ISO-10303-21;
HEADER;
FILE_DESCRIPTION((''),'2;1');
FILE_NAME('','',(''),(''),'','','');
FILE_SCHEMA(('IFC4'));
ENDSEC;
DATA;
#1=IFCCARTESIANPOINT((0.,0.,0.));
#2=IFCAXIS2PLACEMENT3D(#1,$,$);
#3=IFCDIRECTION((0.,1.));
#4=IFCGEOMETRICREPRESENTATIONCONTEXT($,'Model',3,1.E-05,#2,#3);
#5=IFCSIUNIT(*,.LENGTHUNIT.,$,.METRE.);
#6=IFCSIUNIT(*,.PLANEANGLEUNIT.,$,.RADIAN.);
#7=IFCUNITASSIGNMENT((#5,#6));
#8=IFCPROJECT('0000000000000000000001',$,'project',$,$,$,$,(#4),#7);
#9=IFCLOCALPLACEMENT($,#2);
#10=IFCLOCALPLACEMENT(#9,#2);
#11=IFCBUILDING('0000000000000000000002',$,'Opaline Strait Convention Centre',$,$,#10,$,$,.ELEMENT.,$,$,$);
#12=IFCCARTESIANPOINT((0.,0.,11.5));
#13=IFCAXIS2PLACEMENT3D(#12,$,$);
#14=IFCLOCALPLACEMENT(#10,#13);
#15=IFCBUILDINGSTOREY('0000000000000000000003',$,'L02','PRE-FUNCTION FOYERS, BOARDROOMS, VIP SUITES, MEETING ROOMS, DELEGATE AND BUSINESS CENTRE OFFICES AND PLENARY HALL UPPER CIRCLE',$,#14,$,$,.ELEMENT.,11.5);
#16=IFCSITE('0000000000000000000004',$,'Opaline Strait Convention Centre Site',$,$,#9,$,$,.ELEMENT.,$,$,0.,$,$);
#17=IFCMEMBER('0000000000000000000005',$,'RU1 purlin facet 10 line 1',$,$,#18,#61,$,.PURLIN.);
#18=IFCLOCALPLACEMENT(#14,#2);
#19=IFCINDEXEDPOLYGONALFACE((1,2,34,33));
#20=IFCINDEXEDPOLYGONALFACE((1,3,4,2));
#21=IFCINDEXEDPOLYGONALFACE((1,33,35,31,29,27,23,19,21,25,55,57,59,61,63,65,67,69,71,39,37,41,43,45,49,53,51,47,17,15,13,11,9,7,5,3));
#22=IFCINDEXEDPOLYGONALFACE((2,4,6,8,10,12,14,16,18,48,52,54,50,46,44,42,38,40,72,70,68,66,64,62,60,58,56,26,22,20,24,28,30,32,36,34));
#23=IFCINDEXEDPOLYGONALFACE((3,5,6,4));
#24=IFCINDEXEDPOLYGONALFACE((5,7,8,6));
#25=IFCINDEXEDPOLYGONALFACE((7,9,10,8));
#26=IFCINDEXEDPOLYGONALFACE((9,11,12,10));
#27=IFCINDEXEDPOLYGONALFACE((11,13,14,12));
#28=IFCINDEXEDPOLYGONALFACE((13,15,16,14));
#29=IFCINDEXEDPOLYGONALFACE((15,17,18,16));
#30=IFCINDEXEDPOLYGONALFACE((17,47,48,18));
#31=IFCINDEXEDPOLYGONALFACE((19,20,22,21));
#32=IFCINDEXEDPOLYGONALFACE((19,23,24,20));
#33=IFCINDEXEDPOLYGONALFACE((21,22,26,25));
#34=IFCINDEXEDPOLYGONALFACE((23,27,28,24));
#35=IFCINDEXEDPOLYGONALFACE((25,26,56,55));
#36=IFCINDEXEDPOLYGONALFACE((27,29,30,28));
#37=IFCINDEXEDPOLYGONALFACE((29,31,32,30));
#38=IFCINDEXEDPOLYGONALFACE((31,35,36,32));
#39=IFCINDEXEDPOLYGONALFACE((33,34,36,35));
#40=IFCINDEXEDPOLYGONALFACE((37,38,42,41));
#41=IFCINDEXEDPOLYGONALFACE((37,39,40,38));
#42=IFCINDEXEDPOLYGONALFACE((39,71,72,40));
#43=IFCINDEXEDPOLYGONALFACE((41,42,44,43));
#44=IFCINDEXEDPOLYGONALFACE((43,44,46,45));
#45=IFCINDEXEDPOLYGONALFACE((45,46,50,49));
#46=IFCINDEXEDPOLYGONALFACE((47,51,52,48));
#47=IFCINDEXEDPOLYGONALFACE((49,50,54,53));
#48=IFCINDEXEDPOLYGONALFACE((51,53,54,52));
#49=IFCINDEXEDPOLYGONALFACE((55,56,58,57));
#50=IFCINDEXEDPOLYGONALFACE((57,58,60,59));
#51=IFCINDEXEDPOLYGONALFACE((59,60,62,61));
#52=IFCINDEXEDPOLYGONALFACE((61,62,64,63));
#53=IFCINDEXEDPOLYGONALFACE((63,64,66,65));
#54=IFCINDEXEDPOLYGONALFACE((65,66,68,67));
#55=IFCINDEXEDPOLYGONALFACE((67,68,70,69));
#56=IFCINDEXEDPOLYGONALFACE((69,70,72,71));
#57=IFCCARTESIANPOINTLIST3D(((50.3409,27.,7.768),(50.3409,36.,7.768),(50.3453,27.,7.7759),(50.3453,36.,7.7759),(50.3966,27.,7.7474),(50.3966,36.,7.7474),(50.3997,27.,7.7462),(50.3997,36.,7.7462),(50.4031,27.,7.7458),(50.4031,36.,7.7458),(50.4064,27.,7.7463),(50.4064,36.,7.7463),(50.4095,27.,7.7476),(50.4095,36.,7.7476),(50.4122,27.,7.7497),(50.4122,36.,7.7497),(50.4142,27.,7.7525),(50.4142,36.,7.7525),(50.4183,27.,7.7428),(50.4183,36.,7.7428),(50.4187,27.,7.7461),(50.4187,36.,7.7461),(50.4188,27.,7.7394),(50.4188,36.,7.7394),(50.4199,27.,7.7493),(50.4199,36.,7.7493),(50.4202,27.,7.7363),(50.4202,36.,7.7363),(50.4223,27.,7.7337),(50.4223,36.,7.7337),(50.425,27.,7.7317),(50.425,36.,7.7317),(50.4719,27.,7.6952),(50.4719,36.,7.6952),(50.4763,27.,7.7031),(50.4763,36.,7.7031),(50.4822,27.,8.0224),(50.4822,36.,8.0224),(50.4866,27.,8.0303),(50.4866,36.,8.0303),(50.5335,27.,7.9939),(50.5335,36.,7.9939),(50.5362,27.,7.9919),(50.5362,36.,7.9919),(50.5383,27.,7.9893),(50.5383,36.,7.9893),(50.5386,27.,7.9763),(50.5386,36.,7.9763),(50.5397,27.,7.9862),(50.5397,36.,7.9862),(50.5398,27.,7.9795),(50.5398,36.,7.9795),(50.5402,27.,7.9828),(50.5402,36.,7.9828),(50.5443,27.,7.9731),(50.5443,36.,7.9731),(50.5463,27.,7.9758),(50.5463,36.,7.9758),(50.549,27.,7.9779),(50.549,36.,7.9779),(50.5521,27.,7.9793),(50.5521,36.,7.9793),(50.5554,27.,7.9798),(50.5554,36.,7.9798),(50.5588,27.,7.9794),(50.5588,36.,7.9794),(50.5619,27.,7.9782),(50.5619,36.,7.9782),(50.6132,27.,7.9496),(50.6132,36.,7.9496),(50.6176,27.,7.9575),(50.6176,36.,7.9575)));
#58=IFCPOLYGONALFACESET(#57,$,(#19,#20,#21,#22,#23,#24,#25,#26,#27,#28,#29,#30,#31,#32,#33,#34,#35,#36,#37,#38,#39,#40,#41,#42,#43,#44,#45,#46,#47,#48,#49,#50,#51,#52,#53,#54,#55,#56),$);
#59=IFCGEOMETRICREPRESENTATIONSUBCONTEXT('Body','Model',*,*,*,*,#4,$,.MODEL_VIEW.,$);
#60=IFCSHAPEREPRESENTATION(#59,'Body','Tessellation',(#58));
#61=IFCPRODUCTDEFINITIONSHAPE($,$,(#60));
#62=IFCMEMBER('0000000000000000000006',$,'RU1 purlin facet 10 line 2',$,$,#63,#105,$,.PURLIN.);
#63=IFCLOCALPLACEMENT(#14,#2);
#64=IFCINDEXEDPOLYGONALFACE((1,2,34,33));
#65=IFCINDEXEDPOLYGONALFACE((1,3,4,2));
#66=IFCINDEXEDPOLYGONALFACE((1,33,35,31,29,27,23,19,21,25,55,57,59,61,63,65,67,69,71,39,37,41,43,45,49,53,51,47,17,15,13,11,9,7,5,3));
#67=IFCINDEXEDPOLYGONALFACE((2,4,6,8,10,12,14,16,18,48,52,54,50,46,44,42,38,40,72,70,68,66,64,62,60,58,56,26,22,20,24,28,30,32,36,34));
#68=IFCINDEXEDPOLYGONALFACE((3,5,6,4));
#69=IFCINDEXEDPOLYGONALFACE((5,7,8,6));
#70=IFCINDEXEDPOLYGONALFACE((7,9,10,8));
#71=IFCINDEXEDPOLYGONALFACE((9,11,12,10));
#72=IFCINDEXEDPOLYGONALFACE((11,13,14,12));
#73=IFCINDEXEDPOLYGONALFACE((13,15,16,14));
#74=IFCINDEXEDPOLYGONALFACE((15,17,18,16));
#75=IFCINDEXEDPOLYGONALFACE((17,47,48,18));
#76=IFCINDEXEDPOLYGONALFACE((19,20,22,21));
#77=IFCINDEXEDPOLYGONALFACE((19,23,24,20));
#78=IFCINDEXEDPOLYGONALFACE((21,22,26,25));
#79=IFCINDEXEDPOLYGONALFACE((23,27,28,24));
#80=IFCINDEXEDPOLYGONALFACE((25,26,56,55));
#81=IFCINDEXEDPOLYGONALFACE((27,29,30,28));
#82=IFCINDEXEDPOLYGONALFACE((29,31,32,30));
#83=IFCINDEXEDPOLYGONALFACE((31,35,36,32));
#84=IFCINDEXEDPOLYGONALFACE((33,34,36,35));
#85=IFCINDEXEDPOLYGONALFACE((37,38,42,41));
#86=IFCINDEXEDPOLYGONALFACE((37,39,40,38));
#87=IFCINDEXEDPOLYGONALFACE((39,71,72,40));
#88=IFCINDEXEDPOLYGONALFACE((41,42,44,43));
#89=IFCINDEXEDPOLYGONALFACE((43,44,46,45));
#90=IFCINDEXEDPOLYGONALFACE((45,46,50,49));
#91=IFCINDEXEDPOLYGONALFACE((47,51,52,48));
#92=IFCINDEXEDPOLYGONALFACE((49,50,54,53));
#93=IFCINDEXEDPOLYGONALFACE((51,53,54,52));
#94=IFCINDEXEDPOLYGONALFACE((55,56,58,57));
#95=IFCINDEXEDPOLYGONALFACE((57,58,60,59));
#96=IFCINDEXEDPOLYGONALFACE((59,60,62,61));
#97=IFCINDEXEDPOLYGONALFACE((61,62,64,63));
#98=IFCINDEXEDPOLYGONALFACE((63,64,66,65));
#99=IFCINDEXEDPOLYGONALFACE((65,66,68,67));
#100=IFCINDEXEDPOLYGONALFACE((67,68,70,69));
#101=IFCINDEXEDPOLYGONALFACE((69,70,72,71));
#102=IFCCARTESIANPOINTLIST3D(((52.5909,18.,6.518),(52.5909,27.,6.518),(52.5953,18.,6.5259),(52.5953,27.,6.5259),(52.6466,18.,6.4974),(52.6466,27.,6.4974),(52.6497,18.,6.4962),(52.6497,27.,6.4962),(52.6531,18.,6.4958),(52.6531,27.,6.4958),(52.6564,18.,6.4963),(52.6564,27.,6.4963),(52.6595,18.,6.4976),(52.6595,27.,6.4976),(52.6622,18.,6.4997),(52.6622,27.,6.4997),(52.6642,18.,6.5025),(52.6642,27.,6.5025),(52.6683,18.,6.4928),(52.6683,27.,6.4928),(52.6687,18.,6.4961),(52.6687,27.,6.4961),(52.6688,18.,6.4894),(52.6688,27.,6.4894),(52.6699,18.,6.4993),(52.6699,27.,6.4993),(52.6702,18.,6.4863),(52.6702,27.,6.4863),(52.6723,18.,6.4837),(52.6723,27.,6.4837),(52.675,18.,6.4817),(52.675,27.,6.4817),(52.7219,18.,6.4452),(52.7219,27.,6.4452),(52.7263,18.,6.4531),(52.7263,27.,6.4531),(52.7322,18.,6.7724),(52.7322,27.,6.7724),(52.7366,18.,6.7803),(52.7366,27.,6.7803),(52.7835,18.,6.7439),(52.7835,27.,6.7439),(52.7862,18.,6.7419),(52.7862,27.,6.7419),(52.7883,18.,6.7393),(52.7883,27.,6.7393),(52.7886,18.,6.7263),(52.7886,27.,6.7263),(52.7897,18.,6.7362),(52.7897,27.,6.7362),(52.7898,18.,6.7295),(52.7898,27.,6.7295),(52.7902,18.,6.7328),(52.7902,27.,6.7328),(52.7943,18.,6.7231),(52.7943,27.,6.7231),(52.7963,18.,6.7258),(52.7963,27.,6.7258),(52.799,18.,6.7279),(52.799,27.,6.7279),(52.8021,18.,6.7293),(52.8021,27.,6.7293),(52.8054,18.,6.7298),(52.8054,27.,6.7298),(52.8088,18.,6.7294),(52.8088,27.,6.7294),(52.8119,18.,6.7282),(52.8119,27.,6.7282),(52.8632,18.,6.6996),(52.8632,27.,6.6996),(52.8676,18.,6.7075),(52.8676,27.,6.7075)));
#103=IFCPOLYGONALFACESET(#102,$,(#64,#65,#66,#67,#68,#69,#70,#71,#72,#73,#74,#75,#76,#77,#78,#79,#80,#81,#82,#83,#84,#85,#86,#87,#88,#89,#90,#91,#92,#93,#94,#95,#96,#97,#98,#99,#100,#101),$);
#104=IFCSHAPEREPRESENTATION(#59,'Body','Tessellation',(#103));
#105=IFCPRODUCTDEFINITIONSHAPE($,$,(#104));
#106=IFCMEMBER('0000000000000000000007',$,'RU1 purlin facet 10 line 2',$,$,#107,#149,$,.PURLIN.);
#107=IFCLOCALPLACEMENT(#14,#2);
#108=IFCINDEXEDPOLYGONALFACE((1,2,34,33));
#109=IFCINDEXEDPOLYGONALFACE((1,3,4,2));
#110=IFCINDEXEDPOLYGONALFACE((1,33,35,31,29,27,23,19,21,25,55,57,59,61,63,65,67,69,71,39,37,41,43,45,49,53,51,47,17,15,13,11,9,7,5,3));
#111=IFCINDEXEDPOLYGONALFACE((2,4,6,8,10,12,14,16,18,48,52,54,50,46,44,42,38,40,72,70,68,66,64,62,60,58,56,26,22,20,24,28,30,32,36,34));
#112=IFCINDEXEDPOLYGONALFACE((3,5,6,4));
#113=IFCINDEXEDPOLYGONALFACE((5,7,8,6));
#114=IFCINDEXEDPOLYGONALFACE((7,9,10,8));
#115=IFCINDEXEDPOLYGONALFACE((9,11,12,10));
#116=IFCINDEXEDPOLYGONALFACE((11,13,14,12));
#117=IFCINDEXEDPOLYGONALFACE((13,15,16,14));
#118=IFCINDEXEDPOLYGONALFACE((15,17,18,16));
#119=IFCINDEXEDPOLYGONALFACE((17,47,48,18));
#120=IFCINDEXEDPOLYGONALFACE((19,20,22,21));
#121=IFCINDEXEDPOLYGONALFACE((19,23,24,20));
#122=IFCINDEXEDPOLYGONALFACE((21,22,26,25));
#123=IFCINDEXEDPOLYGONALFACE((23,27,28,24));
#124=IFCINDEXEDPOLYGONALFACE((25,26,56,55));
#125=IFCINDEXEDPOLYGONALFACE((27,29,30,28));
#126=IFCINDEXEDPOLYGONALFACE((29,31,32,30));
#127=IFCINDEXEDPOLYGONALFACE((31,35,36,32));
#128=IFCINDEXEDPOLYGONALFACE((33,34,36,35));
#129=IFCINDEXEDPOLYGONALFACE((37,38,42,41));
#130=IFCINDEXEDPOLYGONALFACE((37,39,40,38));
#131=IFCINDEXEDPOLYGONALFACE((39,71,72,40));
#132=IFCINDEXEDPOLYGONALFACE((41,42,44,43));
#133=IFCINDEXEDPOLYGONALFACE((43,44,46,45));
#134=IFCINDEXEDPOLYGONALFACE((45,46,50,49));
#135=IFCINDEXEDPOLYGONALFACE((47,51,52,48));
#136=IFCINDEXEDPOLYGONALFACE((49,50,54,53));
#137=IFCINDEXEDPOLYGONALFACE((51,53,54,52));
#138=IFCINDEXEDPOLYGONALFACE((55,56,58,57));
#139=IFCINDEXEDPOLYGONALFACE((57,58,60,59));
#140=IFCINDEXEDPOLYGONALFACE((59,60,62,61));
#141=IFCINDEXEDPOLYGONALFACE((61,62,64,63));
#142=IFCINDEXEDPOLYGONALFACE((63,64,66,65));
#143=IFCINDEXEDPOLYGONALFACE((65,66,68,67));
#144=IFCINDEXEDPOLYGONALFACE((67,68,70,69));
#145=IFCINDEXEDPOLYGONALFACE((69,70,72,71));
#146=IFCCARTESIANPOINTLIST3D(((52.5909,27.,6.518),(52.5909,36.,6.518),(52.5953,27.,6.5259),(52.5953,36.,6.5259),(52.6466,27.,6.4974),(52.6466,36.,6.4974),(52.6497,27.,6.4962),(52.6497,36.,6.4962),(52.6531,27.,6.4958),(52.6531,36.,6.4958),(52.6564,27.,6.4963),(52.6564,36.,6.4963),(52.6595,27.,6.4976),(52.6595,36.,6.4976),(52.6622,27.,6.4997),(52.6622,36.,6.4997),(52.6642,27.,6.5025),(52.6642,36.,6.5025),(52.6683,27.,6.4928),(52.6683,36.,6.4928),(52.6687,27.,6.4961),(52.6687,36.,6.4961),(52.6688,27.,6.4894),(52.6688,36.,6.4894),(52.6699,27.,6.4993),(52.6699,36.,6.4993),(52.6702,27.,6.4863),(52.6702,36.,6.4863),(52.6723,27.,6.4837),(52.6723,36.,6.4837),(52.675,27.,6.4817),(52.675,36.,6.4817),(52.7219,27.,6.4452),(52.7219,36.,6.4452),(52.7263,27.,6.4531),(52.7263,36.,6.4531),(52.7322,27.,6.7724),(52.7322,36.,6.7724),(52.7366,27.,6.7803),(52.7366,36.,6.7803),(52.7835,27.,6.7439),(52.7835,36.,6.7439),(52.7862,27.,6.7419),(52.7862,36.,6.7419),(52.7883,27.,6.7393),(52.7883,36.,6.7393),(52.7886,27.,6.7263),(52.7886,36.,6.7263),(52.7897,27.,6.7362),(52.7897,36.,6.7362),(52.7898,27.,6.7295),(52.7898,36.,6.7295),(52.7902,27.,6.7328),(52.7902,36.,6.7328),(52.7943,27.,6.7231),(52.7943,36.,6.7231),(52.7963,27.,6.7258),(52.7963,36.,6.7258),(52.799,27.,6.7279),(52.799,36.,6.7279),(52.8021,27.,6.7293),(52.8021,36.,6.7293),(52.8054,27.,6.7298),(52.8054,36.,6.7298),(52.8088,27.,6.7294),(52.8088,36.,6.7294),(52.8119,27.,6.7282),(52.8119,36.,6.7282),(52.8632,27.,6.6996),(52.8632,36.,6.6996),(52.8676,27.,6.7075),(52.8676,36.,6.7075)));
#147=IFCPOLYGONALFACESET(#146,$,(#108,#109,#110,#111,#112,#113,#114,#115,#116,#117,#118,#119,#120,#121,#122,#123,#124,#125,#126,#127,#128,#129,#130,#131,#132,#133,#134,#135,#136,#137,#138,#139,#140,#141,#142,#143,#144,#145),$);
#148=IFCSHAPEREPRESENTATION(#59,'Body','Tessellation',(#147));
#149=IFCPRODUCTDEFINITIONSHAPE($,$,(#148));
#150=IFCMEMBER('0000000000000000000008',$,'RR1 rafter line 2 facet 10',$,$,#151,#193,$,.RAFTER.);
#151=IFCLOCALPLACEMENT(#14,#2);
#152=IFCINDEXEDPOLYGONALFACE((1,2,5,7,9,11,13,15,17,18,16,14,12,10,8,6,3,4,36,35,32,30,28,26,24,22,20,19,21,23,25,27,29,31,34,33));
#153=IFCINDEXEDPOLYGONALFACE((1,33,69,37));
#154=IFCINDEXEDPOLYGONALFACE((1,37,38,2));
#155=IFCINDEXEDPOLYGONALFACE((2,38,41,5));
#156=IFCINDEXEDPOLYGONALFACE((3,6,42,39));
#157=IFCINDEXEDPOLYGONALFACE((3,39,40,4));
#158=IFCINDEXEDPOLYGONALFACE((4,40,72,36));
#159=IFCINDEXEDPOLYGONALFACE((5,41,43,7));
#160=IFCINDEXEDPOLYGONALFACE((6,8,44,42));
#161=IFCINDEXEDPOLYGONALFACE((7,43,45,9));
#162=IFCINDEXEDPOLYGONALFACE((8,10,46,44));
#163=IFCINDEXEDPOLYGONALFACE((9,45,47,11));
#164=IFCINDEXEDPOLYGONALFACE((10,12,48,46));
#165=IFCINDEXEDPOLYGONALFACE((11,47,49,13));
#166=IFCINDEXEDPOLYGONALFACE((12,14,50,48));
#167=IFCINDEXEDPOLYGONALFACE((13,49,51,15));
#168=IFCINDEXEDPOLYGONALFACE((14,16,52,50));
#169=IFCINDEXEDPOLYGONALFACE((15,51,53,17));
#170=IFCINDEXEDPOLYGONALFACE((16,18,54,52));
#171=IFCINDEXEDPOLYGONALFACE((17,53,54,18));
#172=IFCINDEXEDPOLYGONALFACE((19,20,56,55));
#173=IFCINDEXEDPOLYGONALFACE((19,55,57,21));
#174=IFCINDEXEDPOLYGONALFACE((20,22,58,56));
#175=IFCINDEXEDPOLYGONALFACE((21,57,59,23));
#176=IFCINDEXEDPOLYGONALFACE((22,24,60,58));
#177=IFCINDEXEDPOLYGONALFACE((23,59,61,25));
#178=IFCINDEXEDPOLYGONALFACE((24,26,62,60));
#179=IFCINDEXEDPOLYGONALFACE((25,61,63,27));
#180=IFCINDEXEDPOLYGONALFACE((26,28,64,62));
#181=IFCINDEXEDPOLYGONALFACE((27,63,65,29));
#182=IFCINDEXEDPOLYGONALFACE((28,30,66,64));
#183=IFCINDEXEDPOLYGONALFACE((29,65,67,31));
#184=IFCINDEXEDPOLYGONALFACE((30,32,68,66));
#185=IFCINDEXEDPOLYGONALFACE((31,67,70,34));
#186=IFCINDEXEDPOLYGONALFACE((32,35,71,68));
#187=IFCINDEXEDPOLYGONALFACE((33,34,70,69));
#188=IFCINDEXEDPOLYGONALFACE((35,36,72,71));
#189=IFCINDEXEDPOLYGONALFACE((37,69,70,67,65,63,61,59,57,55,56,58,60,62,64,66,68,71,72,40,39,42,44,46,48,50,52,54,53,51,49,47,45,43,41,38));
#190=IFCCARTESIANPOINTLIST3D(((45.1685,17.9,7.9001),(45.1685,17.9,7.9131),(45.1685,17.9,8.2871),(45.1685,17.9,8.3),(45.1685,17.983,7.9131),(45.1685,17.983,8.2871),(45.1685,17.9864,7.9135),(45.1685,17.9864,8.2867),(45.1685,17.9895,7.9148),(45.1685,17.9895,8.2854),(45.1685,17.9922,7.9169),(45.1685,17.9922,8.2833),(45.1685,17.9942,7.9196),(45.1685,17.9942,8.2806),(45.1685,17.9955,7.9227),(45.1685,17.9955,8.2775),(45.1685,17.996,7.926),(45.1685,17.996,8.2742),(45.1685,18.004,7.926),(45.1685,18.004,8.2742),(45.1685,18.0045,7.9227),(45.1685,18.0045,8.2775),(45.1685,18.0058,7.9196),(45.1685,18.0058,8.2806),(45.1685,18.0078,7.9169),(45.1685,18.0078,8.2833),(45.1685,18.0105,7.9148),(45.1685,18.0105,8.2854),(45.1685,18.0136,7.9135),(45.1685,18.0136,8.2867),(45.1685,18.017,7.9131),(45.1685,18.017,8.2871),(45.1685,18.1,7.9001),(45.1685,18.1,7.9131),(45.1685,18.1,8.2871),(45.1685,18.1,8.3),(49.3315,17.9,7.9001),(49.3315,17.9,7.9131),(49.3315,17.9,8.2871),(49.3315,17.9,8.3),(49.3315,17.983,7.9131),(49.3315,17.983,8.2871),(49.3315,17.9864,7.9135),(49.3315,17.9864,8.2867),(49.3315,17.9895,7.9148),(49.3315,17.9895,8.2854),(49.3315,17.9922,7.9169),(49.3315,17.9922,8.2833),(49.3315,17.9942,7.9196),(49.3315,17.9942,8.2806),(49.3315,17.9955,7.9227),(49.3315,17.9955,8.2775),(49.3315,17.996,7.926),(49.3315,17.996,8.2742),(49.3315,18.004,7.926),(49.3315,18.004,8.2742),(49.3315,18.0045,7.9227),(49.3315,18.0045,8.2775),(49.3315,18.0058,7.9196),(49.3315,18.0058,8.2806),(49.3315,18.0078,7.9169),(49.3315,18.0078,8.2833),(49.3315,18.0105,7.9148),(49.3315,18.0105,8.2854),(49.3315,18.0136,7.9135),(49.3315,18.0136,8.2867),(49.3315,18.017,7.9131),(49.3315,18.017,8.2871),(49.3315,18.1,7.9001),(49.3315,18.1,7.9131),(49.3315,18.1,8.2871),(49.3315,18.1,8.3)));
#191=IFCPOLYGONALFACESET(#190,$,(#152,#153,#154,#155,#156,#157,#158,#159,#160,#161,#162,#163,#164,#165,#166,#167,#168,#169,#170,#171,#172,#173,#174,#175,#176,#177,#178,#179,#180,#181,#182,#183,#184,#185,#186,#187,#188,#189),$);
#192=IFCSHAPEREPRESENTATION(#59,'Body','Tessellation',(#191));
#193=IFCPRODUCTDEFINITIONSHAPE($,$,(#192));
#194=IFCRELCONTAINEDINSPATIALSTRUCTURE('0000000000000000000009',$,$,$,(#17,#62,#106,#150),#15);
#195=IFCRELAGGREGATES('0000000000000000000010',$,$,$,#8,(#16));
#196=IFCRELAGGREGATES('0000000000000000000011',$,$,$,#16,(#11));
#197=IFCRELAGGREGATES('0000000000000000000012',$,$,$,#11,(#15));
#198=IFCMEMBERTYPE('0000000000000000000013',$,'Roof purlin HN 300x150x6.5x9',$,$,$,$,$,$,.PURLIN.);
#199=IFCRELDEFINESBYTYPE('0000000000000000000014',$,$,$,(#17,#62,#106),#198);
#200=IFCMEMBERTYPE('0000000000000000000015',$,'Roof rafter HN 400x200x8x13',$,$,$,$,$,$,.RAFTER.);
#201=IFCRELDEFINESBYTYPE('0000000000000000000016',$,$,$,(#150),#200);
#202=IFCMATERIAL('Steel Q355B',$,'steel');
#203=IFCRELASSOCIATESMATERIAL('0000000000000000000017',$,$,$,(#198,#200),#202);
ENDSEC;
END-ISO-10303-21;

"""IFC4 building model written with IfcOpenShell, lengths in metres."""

from ifc_helpers import new_model, si_unit, direction, frame, origin, origin_2d, place, context, subcontext, project, spatial, i_section, extrude, material, material_profile, profile_set, type_object, element, save


model = new_model("IFC4")

# Units and contexts
model_context = context("Model", 3, precision=1e-05, world=origin(), true_north=direction((0.0, 1.0)))
body_context = subcontext(model_context, "Body", "Model", "MODEL_VIEW")
ifc_project = project(units=[si_unit("LENGTHUNIT", "METRE"), si_unit("PLANEANGLEUNIT", "RADIAN")], contexts=[model_context])

# Site, building, storey
site_placement = place(None, origin())
site = spatial("IfcSite", under=ifc_project, at=site_placement, Name="Opaline Strait Convention Centre Site", CompositionType="ELEMENT", RefElevation=0.0)
building_placement = place(site_placement, origin())
building = spatial("IfcBuilding", under=site, at=building_placement, Name="Opaline Strait Convention Centre", CompositionType="ELEMENT")
storey_placement = place(building_placement, frame((0.0, 0.0, 11.5)))
storey = spatial("IfcBuildingStorey", under=building, at=storey_placement, Name="L02", Description="PRE-FUNCTION FOYERS, BOARDROOMS, VIP SUITES, MEETING ROOMS, DELEGATE AND BUSINESS CENTRE OFFICES AND PLENARY HALL UPPER CIRCLE", CompositionType="ELEMENT", Elevation=11.5)

# Shared definitions
ifc_material_1 = material(Name="Steel Q355B", Category="steel")

# Members
ifc_material_profile_1 = material_profile(ifc_material_1, i_section(OverallWidth=0.1499, OverallDepth=0.3, WebThickness=0.0066, FlangeThickness=0.009, FilletRadius=0.0129, at=origin_2d()), Name="HN 300x150x6.5x9")
ifc_profile_set_1 = profile_set([ifc_material_profile_1], Name="Steel Q355B")
member_type_1 = type_object("IfcMemberType", Name="Roof purlin HN 300x150x6.5x9", PredefinedType="PURLIN", material=ifc_profile_set_1)
for number, where, z_axis, x_axis, name in (
    (1, (50.4792, 27.0, 7.8628), (0.0, 1.0, 0.0), (-0.874157, 0.0, 0.485643), "RU1 purlin facet 10 line 1"),
    (2, (52.7292, 18.0, 6.6128), (0.0, 1.0, 0.0), (-0.874157, 0.0, 0.485643), "RU1 purlin facet 10 line 2"),
    (3, (52.7292, 27.0, 6.6128), (0.0, 1.0, 0.0), (-0.874157, 0.0, 0.485643), "RU1 purlin facet 10 line 2"),
):
    element("IfcMember", number, at=place(storey_placement, frame(where, z_axis=z_axis, x_axis=x_axis)), inside=storey, type_object=member_type_1, Name=name, PredefinedType="PURLIN", context=body_context, shape_type="SweptSolid", body=[
        extrude(i_section(OverallWidth=0.1499, OverallDepth=0.3, WebThickness=0.0066, FlangeThickness=0.009, FilletRadius=0.0129, at=origin_2d()), origin(), (0.0, 0.0, 1.0), 9.0),
    ])
ifc_material_profile_2 = material_profile(ifc_material_1, i_section(OverallWidth=0.2, OverallDepth=0.3999, WebThickness=0.0081, FlangeThickness=0.0129, FilletRadius=0.0129, at=origin_2d()), Name="HN 400x200x8x13")
ifc_profile_set_2 = profile_set([ifc_material_profile_2], Name="Steel Q355B")
member_type_2 = type_object("IfcMemberType", Name="Roof rafter HN 400x200x8x13", PredefinedType="RAFTER", material=ifc_profile_set_2)
member_1_placement = place(storey_placement, frame((45.1685, 18.0, 8.1001), z_axis=(1.0, 0.0, 0.0), x_axis=(0.0, 1.0, 0.0)))
element("IfcMember", 4, at=member_1_placement, inside=storey, type_object=member_type_2, Name="RR1 rafter line 2 facet 10", PredefinedType="RAFTER", context=body_context, shape_type="SweptSolid", body=[
    extrude(i_section(OverallWidth=0.2, OverallDepth=0.3999, WebThickness=0.0081, FlangeThickness=0.0129, FilletRadius=0.0129, at=origin_2d()), origin(), (0.0, 0.0, 1.0), 4.1631),
])

save(model, "model.ifc")
